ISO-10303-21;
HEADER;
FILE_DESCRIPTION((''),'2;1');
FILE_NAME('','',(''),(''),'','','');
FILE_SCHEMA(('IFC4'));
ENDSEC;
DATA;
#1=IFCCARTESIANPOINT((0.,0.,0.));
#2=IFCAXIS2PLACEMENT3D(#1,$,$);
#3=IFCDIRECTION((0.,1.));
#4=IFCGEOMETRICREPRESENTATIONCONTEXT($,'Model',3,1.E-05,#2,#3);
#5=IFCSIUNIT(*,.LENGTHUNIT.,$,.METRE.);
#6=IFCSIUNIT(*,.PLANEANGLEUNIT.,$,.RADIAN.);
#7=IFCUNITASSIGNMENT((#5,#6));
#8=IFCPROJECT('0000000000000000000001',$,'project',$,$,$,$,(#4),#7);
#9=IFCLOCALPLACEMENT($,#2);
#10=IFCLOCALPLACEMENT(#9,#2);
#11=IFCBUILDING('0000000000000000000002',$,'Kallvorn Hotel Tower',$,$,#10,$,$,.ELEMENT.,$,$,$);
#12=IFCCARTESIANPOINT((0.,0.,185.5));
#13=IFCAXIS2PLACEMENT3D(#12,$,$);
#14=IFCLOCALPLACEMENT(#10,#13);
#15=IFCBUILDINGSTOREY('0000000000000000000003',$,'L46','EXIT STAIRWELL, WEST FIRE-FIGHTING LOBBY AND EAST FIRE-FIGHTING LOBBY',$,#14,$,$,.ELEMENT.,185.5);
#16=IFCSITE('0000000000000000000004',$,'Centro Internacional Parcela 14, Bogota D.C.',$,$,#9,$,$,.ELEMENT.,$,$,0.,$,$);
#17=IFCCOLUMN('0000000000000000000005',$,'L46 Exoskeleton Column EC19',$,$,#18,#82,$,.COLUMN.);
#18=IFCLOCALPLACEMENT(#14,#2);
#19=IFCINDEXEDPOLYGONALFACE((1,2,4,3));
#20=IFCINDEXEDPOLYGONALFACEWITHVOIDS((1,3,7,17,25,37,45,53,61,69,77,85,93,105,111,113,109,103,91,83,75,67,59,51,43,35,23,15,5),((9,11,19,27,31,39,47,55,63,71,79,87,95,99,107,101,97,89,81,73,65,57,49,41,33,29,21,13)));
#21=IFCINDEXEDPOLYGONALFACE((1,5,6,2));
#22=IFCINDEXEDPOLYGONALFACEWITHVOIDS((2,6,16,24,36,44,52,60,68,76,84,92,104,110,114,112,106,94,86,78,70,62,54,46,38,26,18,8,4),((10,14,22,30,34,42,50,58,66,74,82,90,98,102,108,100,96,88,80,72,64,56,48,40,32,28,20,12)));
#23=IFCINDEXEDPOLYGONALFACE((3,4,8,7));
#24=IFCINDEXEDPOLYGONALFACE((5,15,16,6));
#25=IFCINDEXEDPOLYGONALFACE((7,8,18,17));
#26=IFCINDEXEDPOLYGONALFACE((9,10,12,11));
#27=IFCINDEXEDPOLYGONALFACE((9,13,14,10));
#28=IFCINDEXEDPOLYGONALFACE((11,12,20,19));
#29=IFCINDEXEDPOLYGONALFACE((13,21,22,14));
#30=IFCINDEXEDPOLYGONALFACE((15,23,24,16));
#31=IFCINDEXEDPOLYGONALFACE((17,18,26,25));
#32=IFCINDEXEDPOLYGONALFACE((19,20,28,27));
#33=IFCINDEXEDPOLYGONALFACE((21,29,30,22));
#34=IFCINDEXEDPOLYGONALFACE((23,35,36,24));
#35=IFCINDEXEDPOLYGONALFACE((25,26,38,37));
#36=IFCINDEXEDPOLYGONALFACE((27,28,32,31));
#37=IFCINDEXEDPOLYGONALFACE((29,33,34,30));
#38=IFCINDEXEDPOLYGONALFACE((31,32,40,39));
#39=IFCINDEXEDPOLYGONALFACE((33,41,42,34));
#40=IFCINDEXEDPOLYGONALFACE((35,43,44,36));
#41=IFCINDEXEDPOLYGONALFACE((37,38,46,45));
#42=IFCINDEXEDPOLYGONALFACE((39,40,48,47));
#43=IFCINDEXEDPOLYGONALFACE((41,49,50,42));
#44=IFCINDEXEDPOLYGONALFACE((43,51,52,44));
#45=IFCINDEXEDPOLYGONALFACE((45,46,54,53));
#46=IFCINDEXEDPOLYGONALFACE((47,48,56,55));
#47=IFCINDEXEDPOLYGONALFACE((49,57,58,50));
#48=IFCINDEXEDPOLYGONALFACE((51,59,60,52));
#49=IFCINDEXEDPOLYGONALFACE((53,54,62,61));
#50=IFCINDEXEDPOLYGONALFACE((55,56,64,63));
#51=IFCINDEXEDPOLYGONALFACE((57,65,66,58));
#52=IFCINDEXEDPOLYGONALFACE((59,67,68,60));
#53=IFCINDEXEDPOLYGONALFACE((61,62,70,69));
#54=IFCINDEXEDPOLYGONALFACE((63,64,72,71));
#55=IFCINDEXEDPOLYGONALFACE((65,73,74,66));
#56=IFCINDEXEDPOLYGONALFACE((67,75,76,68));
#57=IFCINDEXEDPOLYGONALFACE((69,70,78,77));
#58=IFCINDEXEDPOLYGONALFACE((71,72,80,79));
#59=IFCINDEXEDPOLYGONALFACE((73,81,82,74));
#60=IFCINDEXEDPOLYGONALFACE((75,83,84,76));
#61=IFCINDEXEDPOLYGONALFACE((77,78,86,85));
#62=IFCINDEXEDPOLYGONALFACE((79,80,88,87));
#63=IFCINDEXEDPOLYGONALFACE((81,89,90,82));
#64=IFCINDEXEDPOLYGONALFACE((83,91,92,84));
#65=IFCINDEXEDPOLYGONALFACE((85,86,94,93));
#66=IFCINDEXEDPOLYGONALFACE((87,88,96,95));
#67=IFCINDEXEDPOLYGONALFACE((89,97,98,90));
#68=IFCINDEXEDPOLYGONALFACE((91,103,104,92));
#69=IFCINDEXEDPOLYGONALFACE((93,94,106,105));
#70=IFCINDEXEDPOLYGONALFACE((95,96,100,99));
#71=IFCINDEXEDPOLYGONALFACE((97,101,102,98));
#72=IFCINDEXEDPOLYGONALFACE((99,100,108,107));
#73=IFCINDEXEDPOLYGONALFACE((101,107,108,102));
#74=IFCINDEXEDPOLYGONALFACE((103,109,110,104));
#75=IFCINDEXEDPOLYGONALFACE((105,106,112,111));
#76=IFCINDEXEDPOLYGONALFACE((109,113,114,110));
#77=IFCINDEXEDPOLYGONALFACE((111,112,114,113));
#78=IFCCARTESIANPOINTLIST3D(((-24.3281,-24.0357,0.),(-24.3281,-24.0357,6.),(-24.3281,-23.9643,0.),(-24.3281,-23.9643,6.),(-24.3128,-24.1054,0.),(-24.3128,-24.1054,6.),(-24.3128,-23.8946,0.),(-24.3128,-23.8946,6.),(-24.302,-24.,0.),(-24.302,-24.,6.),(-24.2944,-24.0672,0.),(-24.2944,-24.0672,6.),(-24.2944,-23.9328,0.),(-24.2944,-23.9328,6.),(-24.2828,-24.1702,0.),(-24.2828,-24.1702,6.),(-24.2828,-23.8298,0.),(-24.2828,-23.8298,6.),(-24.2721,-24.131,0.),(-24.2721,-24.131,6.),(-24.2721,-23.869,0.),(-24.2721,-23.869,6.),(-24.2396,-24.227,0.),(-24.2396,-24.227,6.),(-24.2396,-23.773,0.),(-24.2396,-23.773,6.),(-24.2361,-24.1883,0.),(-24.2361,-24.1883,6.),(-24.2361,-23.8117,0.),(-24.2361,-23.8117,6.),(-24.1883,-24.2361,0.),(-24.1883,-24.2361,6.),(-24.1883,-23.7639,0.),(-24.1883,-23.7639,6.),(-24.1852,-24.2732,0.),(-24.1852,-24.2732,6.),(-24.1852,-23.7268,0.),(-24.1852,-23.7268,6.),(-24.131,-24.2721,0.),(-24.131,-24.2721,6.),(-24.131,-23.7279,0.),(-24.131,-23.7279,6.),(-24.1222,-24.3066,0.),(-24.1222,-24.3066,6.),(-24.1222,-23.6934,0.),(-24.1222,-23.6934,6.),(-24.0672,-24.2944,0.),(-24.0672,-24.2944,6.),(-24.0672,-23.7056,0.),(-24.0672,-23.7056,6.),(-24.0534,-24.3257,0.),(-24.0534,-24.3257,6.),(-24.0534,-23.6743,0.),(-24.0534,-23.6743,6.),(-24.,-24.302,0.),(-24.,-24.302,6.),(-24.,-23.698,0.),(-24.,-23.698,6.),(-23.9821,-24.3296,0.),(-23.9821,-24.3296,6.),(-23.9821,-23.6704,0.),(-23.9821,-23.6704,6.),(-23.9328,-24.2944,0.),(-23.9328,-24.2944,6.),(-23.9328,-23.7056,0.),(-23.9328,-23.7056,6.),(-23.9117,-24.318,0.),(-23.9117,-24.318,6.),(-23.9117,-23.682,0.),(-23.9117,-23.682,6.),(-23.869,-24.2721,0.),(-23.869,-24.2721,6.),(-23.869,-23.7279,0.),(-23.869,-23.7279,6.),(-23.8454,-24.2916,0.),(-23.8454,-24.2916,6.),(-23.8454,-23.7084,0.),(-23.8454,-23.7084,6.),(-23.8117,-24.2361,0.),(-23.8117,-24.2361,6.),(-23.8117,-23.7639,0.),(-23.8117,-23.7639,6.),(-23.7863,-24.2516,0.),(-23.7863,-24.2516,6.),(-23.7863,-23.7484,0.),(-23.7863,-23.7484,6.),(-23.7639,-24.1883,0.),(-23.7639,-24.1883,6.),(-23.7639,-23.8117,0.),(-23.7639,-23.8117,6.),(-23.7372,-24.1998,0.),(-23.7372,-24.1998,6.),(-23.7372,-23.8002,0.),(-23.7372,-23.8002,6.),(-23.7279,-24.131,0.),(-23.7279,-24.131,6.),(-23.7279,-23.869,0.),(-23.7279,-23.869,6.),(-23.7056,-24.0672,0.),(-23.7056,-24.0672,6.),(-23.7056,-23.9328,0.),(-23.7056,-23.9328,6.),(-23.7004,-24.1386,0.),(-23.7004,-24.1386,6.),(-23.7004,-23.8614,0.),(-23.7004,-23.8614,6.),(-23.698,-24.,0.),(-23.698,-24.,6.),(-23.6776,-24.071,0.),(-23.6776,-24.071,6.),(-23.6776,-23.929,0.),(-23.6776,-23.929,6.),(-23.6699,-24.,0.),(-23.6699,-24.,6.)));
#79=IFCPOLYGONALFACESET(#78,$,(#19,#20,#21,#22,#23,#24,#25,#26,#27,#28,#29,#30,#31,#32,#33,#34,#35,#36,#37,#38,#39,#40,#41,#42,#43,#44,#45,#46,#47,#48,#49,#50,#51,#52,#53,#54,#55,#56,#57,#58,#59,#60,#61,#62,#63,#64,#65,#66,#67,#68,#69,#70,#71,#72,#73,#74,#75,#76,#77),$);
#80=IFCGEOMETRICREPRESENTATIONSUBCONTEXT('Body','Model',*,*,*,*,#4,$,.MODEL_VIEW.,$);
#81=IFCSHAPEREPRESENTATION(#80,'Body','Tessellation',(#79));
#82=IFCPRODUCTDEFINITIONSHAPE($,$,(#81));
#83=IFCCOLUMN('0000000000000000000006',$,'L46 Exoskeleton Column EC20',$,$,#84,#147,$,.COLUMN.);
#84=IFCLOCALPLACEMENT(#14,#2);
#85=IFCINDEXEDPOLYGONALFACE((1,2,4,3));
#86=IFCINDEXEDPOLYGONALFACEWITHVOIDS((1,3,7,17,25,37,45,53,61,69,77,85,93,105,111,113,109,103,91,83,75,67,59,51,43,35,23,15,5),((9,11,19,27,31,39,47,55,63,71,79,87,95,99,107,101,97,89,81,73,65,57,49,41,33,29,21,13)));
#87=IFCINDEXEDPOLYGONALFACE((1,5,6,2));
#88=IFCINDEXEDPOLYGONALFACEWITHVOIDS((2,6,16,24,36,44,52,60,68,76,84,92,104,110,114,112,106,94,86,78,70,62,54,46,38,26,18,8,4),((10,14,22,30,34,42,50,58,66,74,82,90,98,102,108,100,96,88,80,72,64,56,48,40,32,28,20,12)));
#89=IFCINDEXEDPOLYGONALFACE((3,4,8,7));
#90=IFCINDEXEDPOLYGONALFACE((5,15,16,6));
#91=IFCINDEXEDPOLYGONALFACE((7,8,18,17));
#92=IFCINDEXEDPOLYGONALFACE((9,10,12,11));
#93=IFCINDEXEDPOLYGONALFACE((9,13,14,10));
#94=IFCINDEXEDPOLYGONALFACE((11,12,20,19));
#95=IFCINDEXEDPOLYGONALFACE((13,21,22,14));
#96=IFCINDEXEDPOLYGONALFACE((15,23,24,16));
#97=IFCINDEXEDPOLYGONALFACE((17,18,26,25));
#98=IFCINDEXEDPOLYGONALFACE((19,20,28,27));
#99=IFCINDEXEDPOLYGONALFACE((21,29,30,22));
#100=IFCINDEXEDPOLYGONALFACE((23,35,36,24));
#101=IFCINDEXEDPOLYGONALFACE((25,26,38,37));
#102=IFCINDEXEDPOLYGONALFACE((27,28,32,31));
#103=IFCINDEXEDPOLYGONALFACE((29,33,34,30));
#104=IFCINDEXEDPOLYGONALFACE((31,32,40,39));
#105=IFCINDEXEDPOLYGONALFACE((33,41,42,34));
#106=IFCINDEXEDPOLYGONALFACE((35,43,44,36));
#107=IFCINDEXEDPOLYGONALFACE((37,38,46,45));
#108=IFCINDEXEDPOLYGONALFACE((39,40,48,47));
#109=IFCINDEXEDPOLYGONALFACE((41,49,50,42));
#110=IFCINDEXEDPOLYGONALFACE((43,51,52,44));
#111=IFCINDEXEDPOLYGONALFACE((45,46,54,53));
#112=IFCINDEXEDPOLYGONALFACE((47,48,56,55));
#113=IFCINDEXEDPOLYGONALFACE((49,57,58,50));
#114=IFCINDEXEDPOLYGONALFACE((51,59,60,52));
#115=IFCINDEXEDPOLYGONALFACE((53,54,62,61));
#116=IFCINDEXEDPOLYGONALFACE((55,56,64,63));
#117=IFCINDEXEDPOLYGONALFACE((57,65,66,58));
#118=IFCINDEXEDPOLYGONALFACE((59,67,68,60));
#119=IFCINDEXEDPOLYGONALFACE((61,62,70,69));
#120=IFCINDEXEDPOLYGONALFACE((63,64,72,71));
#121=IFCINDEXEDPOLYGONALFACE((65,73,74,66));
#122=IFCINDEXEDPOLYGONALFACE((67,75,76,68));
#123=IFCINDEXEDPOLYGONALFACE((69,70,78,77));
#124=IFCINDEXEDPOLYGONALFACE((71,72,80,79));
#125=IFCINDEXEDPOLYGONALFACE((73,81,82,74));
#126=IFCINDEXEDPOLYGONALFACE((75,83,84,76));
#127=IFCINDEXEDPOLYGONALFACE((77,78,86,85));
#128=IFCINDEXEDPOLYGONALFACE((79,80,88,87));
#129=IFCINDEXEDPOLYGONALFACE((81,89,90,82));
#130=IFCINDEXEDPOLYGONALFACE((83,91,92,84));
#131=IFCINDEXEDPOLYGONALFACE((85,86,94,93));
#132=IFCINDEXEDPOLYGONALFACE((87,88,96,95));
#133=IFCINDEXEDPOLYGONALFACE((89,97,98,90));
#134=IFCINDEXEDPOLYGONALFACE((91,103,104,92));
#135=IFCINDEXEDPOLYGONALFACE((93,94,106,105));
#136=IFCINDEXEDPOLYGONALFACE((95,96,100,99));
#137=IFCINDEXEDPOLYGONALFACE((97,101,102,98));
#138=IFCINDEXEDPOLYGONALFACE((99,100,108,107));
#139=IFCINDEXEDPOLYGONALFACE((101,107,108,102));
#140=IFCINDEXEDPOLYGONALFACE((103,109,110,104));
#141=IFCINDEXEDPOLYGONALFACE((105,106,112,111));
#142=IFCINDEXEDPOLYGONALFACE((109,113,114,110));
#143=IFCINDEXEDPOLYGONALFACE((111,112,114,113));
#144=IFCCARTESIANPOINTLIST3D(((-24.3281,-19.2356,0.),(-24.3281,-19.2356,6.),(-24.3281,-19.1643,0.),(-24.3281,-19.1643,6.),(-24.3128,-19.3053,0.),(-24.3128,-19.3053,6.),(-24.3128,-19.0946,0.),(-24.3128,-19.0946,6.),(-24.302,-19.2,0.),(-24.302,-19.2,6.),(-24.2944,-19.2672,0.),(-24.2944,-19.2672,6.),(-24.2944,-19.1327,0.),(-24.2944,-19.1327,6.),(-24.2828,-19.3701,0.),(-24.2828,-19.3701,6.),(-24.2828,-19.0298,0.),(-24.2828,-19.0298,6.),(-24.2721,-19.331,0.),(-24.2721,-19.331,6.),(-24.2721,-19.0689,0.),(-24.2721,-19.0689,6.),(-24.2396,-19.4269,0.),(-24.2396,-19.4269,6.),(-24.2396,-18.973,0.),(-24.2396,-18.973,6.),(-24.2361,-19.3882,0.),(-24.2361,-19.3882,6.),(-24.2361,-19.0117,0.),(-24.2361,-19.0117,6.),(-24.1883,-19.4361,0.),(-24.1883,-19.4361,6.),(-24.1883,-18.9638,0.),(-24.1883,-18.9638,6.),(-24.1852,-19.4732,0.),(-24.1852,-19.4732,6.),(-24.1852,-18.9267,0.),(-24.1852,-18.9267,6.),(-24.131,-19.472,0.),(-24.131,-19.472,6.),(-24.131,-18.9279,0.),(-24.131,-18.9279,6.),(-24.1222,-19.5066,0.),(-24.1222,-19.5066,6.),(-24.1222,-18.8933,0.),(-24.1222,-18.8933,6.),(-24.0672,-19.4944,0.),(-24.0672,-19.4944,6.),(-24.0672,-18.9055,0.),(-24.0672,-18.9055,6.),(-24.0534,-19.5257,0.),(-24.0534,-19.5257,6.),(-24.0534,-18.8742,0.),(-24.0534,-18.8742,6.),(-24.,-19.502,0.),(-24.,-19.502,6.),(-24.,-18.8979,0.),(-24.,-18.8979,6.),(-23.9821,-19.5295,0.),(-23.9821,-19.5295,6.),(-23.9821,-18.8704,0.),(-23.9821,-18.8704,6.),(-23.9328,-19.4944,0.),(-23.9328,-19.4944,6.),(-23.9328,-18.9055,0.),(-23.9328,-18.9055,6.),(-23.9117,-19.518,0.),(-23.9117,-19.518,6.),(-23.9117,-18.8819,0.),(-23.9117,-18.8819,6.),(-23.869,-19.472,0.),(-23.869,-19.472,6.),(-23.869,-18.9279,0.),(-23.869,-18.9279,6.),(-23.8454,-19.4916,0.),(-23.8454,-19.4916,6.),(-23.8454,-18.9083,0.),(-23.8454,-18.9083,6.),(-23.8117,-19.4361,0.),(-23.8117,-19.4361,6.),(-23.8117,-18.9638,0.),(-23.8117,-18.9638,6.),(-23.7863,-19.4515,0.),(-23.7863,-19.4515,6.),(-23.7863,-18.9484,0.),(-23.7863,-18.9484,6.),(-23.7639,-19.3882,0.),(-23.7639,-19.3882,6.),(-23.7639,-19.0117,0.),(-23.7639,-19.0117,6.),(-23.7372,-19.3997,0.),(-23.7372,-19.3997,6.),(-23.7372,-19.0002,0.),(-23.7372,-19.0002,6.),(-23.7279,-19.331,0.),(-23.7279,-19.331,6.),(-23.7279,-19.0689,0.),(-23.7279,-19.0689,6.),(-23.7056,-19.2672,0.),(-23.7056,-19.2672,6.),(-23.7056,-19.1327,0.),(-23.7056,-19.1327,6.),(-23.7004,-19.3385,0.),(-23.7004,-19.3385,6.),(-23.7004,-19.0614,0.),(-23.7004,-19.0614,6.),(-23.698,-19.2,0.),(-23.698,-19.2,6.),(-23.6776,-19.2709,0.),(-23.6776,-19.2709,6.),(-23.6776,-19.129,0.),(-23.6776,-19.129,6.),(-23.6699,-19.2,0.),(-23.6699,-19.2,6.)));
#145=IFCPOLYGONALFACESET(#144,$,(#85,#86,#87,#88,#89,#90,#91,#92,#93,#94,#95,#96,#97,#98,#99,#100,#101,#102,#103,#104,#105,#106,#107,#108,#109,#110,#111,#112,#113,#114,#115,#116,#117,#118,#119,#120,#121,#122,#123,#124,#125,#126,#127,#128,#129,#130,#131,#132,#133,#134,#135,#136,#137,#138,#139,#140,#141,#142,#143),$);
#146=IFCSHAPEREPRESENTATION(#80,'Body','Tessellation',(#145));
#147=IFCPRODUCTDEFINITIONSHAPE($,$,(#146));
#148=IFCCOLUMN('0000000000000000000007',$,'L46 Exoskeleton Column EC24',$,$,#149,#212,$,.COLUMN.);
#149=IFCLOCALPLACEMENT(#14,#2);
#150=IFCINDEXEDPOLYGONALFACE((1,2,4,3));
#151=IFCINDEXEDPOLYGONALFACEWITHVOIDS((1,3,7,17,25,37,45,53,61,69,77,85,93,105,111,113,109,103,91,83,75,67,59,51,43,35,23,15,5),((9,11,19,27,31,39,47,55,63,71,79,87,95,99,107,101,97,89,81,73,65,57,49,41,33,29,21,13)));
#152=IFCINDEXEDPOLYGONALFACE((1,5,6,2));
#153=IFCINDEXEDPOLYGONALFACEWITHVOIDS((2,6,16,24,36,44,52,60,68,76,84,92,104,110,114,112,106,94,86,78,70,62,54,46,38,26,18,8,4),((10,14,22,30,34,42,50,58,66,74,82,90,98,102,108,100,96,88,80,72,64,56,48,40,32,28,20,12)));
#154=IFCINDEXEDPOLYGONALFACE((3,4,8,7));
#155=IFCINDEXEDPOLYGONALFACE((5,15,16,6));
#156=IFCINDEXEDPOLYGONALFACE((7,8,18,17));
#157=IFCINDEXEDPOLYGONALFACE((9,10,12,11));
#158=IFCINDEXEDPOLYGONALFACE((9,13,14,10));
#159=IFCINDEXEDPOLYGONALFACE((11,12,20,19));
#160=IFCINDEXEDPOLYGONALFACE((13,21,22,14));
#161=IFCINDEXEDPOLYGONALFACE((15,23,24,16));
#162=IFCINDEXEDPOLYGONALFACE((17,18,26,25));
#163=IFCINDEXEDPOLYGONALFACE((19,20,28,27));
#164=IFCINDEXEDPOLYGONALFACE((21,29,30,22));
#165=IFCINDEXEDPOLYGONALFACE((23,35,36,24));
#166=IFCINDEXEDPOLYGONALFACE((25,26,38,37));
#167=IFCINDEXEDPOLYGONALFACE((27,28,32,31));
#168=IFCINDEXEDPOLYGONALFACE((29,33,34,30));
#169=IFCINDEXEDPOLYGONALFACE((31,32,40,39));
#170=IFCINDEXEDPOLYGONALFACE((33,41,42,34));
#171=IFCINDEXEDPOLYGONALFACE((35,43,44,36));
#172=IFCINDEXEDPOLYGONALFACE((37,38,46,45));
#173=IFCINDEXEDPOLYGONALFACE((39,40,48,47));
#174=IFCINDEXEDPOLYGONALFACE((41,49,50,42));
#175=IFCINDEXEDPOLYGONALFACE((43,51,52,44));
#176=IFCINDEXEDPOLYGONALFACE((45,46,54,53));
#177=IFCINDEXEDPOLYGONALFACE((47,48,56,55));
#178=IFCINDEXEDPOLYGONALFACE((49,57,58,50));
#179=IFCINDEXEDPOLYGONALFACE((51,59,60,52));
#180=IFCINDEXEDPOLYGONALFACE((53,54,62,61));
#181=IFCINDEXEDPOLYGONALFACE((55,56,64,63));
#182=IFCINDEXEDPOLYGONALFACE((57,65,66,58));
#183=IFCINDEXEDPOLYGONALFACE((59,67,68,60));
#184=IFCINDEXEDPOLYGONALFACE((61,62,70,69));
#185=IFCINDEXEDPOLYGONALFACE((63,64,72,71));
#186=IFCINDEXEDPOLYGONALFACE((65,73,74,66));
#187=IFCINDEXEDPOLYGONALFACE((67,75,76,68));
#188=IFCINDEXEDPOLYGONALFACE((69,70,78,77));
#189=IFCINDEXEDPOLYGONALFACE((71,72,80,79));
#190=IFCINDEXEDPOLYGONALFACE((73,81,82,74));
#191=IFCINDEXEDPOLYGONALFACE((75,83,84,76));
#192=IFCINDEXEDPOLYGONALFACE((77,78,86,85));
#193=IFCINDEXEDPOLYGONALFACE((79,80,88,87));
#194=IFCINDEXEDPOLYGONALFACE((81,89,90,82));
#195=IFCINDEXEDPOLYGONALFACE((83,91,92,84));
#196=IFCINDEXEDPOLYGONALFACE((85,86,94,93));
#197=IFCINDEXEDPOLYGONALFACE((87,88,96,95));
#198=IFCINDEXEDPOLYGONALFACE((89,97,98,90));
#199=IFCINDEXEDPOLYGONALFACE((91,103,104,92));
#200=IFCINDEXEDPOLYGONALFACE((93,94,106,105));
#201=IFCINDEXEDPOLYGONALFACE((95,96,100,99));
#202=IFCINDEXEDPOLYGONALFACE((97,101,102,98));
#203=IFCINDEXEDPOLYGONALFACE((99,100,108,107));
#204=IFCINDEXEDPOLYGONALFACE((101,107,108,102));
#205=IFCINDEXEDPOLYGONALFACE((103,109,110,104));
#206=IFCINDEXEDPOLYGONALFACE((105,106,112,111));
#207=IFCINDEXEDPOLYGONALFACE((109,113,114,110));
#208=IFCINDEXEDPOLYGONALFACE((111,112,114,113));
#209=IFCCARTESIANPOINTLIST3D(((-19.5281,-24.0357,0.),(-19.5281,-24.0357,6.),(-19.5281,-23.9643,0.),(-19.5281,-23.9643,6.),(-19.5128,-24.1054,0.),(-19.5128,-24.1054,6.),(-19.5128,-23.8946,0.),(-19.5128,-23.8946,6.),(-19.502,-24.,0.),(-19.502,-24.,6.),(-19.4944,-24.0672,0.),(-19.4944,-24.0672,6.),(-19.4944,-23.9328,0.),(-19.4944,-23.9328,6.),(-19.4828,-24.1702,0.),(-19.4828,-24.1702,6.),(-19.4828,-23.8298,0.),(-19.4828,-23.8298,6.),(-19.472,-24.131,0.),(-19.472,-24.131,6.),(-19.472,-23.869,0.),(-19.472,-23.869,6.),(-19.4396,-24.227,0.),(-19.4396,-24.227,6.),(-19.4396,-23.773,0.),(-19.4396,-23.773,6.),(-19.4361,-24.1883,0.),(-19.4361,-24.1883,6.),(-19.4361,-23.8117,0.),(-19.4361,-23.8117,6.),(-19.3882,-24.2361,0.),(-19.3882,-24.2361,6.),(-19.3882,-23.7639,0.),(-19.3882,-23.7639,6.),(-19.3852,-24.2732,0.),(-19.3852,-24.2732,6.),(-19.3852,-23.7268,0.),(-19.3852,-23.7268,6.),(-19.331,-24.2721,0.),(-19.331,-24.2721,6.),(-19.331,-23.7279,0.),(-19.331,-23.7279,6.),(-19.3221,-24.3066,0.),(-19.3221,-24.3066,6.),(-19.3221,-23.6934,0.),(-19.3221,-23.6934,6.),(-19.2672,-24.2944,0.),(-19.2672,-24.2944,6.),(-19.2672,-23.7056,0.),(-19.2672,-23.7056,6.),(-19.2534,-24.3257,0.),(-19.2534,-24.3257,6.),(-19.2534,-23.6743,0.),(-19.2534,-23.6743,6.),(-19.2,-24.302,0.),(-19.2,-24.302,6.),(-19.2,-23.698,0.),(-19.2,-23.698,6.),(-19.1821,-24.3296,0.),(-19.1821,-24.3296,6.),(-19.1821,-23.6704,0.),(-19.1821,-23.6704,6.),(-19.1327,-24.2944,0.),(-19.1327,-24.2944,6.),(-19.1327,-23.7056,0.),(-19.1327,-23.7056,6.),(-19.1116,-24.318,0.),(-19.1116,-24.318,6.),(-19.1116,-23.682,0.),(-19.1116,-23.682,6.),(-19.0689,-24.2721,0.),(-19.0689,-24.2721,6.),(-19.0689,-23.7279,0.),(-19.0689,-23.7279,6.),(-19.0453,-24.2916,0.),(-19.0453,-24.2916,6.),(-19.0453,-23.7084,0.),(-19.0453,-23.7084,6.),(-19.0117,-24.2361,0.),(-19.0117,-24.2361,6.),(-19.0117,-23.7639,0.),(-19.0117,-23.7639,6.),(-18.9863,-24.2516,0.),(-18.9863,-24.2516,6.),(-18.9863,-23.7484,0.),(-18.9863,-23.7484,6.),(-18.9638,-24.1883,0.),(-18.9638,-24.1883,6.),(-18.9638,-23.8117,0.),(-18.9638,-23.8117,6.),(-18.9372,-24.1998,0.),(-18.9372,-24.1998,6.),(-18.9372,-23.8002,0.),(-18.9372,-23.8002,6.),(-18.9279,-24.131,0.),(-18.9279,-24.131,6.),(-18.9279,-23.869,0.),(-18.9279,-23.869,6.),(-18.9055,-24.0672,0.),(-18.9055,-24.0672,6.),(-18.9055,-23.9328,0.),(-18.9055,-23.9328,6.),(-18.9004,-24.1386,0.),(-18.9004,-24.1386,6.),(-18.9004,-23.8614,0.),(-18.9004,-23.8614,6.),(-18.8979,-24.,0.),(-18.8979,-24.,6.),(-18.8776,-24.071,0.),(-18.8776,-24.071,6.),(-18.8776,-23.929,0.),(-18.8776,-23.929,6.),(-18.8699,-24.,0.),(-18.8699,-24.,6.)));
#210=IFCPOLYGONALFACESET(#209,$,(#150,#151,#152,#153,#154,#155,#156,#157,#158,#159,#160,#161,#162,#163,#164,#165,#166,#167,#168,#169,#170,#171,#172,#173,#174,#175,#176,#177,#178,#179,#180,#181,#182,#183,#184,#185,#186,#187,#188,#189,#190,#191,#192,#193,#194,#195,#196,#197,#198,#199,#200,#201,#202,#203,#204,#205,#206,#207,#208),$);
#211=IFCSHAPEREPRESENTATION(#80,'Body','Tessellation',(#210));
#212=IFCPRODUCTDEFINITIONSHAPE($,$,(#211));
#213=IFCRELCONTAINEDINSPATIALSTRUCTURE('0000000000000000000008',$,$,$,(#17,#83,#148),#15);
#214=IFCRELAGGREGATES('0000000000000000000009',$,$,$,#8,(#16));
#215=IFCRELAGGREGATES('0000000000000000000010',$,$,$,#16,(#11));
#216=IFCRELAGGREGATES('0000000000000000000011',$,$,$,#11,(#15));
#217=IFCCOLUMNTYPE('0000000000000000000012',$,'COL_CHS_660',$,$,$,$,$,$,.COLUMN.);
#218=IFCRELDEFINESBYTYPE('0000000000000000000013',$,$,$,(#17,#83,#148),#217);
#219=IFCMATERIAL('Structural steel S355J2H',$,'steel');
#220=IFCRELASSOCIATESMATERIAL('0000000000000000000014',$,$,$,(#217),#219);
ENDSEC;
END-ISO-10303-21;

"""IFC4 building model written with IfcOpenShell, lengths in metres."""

from ifc_helpers import new_model, si_unit, direction, frame, origin, origin_2d, place, context, subcontext, project, spatial, hollow_circle, extrude, material, material_profile, profile_set, type_object, element, save


model = new_model("IFC4")

# Units and contexts
model_context = context("Model", 3, precision=1e-05, world=origin(), true_north=direction((0.0, 1.0)))
body_context = subcontext(model_context, "Body", "Model", "MODEL_VIEW")
ifc_project = project(units=[si_unit("LENGTHUNIT", "METRE"), si_unit("PLANEANGLEUNIT", "RADIAN")], contexts=[model_context])

# Site, building, storey
site_placement = place(None, origin())
site = spatial("IfcSite", under=ifc_project, at=site_placement, Name="Centro Internacional Parcela 14, Bogota D.C.", CompositionType="ELEMENT", RefElevation=0.0)
building_placement = place(site_placement, origin())
building = spatial("IfcBuilding", under=site, at=building_placement, Name="Kallvorn Hotel Tower", CompositionType="ELEMENT")
storey_placement = place(building_placement, frame((0.0, 0.0, 185.5)))
storey = spatial("IfcBuildingStorey", under=building, at=storey_placement, Name="L46", Description="EXIT STAIRWELL, WEST FIRE-FIGHTING LOBBY AND EAST FIRE-FIGHTING LOBBY", CompositionType="ELEMENT", Elevation=185.5)

# Columns
ifc_material_1 = material(Name="Structural steel S355J2H", Category="steel")
ifc_material_profile_1 = material_profile(ifc_material_1, hollow_circle(Radius=0.3301, WallThickness=0.0281, at=origin_2d()), Name="CHS 660x28")
ifc_profile_set_1 = profile_set([ifc_material_profile_1], Name="Structural steel S355J2H")
column_type_1 = type_object("IfcColumnType", Name="COL_CHS_660", PredefinedType="COLUMN", material=ifc_profile_set_1)
for number, where, z_axis, x_axis, name in (
    (1, (-24.0, -24.0, 0.0), (0.0, 0.0, 1.0), (1.0, 0.0, 0.0), "L46 Exoskeleton Column EC19"),
    (2, (-24.0, -19.2, 0.0), (0.0, 0.0, 1.0), (1.0, 0.0, 0.0), "L46 Exoskeleton Column EC20"),
    (3, (-19.2, -24.0, 0.0), (0.0, 0.0, 1.0), (1.0, 0.0, 0.0), "L46 Exoskeleton Column EC24"),
):
    element("IfcColumn", number, at=place(storey_placement, frame(where, z_axis=z_axis, x_axis=x_axis)), inside=storey, type_object=column_type_1, Name=name, PredefinedType="COLUMN", context=body_context, shape_type="SweptSolid", body=[
        extrude(hollow_circle(Radius=0.3301, WallThickness=0.0281, at=origin_2d()), origin(), (0.0, 0.0, 1.0), 6.0),
    ])

save(model, "model.ifc")
